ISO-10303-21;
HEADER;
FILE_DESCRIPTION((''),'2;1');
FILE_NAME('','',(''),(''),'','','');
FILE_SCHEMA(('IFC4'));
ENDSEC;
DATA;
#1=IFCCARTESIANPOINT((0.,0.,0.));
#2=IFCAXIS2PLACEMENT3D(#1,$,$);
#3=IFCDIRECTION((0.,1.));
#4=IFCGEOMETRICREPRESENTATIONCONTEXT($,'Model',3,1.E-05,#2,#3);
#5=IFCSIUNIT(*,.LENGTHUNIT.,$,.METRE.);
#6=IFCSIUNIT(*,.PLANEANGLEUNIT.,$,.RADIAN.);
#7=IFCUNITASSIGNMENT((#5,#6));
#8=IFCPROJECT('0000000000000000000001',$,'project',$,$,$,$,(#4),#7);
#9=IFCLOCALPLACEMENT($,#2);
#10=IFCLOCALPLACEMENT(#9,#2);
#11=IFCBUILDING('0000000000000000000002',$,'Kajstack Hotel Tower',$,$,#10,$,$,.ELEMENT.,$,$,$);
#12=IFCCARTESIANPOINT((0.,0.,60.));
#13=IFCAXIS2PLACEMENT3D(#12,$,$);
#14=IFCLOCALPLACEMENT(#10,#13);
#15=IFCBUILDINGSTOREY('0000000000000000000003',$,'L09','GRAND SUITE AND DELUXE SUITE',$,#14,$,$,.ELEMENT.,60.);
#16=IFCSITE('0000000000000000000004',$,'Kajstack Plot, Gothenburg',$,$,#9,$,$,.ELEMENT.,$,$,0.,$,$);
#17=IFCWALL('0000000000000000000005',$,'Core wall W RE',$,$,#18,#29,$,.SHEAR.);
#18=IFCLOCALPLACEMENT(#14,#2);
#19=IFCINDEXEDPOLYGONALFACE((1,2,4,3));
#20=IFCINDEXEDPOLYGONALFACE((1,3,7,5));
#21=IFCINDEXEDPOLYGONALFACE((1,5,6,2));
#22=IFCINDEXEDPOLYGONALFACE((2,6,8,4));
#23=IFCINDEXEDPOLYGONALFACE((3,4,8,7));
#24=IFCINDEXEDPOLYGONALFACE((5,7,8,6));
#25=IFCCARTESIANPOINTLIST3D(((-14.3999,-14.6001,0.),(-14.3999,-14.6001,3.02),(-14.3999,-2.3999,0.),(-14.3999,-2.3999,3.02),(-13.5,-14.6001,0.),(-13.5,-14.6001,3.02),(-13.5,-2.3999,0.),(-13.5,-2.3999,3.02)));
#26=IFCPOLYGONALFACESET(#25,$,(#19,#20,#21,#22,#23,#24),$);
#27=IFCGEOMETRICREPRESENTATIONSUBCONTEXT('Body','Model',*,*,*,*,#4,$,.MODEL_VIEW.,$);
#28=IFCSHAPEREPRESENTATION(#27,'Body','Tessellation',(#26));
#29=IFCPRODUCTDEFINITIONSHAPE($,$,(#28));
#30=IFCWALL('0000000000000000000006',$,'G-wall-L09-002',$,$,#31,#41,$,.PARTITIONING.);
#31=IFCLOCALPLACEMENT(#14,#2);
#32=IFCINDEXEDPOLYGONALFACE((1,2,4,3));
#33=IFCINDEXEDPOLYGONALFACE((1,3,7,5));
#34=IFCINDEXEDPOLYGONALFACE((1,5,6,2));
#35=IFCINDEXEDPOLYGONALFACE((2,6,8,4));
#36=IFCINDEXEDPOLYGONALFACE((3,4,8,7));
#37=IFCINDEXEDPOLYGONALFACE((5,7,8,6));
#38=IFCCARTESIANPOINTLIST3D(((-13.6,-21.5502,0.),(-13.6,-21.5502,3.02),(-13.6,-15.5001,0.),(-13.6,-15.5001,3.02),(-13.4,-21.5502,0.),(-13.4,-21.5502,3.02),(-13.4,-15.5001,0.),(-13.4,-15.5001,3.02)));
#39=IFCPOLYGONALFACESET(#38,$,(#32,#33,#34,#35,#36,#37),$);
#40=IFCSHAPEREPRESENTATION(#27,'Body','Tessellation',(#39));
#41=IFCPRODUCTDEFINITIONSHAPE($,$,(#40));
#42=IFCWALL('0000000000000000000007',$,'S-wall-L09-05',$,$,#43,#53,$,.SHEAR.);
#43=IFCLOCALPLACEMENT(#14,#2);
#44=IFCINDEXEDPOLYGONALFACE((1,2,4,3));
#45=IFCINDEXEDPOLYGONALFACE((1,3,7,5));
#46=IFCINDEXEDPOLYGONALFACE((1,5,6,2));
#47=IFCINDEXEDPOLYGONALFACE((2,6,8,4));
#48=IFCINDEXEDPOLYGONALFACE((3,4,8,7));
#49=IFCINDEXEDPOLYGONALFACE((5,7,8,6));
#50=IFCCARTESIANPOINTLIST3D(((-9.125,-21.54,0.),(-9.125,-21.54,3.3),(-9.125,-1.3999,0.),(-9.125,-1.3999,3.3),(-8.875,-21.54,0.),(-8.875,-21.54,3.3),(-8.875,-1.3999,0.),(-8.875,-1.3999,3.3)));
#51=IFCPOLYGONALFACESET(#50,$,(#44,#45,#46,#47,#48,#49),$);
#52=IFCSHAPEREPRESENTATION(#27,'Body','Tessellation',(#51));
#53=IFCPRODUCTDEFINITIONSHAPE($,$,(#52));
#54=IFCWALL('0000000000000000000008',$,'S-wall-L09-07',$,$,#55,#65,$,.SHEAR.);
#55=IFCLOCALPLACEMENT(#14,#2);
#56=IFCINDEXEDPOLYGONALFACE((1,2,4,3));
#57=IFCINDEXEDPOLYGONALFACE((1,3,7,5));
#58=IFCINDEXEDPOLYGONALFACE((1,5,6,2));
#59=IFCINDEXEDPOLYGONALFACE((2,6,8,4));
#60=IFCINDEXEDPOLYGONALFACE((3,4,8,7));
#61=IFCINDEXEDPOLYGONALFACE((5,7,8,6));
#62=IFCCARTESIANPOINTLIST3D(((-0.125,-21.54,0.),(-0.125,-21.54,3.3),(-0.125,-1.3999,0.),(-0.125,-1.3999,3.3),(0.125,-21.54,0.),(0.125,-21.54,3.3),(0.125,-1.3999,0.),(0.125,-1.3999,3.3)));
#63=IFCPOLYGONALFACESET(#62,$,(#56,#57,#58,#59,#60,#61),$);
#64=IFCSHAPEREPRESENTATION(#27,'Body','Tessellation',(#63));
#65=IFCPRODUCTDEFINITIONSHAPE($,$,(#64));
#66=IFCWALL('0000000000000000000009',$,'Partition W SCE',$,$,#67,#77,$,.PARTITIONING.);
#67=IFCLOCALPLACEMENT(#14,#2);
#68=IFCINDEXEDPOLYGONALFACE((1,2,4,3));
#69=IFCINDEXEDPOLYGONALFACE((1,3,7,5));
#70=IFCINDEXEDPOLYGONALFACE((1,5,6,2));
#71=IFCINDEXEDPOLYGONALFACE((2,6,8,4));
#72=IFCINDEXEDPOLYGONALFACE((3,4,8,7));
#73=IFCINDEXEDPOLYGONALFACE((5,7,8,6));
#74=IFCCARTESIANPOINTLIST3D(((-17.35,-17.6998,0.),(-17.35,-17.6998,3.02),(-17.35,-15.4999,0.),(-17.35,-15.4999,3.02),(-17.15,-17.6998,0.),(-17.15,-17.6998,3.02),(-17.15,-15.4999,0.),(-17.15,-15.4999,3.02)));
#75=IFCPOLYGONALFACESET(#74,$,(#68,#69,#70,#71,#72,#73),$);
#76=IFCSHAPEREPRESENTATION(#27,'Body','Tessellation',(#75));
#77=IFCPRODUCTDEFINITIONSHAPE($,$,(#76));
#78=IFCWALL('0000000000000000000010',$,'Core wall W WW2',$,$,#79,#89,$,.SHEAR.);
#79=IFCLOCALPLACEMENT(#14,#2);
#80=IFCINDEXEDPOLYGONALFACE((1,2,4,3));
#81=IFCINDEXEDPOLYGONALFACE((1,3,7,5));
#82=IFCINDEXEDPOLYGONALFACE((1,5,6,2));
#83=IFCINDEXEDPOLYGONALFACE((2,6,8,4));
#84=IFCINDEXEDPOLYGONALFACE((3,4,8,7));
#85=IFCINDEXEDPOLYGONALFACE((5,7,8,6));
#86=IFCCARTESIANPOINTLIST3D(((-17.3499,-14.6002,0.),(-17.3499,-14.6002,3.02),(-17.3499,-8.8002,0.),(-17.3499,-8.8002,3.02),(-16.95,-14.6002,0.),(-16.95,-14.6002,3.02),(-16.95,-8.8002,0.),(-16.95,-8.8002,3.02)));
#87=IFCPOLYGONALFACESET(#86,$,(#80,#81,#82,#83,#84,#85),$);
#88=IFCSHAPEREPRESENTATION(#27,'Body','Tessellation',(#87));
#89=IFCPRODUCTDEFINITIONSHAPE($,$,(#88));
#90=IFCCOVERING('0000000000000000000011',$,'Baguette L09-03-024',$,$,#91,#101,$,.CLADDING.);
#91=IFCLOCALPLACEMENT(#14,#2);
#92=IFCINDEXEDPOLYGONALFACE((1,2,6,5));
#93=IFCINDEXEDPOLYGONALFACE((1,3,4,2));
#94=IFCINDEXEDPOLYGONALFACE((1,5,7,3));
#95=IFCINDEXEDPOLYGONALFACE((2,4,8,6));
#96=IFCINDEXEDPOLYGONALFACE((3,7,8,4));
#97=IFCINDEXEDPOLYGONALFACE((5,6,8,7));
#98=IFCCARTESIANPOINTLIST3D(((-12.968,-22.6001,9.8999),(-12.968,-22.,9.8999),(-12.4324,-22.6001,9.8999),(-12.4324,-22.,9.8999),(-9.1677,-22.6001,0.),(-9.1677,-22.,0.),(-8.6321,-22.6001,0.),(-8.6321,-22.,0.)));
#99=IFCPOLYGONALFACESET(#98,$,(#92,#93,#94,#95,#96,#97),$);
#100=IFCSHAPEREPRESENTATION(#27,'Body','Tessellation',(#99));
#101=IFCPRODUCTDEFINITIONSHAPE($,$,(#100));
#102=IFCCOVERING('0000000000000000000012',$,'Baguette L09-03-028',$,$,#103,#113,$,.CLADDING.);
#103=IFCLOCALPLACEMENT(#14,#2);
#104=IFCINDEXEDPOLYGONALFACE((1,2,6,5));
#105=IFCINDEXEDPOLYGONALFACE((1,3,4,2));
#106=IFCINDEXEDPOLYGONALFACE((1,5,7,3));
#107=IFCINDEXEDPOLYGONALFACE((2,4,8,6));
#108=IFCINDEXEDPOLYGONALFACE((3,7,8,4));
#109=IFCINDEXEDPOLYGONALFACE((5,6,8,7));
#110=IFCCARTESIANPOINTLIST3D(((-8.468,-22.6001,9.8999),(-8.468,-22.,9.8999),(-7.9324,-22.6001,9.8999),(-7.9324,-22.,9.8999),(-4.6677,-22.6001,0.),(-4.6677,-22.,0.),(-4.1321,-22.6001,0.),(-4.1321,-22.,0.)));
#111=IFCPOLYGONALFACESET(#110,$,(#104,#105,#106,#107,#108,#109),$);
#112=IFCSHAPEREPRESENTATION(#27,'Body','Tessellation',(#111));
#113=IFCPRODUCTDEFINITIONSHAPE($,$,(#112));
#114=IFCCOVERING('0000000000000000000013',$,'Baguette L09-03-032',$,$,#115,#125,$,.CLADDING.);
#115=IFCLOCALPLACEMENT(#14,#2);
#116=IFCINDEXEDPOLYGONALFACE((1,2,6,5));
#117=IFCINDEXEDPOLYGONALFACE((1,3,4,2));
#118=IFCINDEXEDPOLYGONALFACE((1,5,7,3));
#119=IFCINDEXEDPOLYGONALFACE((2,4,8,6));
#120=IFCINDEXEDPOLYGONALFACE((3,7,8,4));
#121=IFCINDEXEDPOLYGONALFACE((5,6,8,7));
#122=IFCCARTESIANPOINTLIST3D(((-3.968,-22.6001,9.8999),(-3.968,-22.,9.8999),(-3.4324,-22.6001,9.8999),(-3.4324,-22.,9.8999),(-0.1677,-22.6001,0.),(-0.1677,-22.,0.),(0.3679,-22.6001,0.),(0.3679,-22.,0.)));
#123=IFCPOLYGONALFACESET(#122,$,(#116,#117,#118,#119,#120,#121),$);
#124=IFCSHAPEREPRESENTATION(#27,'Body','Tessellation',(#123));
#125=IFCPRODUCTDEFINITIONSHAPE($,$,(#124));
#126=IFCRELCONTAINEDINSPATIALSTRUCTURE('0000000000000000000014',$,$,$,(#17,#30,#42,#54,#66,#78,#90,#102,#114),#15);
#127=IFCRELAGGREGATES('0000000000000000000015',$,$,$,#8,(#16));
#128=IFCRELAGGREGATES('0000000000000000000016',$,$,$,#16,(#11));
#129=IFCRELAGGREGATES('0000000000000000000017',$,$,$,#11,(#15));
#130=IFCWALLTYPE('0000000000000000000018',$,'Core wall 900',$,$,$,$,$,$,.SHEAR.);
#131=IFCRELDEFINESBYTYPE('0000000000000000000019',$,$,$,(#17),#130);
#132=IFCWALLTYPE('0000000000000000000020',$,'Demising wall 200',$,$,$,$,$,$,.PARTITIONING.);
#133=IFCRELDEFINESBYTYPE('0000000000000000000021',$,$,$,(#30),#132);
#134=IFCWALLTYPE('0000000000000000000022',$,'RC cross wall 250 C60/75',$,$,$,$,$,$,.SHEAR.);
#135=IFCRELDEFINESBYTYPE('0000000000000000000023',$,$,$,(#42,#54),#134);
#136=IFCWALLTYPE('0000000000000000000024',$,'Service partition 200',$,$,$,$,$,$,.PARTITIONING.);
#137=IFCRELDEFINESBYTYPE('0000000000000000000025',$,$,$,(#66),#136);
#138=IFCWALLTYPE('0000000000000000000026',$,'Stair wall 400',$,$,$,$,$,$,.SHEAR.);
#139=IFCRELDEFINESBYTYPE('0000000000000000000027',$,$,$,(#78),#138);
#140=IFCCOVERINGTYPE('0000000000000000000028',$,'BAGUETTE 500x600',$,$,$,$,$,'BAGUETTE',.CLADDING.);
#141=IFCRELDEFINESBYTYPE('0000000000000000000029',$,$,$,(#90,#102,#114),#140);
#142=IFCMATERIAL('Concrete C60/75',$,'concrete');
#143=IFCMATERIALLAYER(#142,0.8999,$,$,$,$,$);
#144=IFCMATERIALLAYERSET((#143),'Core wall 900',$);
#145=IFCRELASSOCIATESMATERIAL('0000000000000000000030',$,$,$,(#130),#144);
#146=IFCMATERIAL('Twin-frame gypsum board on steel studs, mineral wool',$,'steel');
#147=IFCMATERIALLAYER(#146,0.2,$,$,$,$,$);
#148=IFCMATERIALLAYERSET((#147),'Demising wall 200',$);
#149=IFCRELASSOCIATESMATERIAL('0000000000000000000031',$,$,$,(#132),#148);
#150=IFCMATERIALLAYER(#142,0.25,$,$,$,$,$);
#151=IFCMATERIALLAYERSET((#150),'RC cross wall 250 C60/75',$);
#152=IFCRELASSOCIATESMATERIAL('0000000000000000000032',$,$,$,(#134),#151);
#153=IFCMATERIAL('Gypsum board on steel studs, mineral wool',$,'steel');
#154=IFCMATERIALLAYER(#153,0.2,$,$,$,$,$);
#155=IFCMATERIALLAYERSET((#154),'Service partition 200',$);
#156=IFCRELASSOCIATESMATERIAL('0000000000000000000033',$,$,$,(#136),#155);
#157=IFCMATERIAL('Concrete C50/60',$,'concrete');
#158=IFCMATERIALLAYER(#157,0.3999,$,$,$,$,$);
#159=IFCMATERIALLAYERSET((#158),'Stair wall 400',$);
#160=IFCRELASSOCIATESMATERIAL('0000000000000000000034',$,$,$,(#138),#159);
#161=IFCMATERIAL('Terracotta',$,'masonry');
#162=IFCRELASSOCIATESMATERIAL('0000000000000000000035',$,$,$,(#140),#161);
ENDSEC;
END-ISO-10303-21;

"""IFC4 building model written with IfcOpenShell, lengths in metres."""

from ifc_helpers import new_model, si_unit, direction, frame, frame_2d, origin, origin_2d, place, context, subcontext, project, spatial, polyline, rectangle, outline, extrude, material, layer, layer_set, material_profile, profile_set, type_object, element, save


model = new_model("IFC4")

# Units and contexts
model_context = context("Model", 3, precision=1e-05, world=origin(), true_north=direction((0.0, 1.0)))
body_context = subcontext(model_context, "Body", "Model", "MODEL_VIEW")
ifc_project = project(units=[si_unit("LENGTHUNIT", "METRE"), si_unit("PLANEANGLEUNIT", "RADIAN")], contexts=[model_context])

# Site, building, storey
site_placement = place(None, origin())
site = spatial("IfcSite", under=ifc_project, at=site_placement, Name="Kajstack Plot, Gothenburg", CompositionType="ELEMENT", RefElevation=0.0)
building_placement = place(site_placement, origin())
building = spatial("IfcBuilding", under=site, at=building_placement, Name="Kajstack Hotel Tower", CompositionType="ELEMENT")
storey_placement = place(building_placement, frame((0.0, 0.0, 60.0)))
storey = spatial("IfcBuildingStorey", under=building, at=storey_placement, Name="L09", Description="GRAND SUITE AND DELUXE SUITE", CompositionType="ELEMENT", Elevation=60.0)

# Walls
ifc_material_1 = material(Name="Concrete C60/75", Category="concrete")
ifc_layer_1 = layer(ifc_material_1, 0.8999)
ifc_layer_set_1 = layer_set([ifc_layer_1], Name="Core wall 900")
wall_type_1 = type_object("IfcWallType", Name="Core wall 900", PredefinedType="SHEAR", material=ifc_layer_set_1)
wall_1_placement = place(storey_placement, frame((-13.95, -14.6001, 0.0), z_axis=(0.0, 0.0, 1.0), x_axis=(0.0, 1.0, 0.0)))
element("IfcWall", 1, at=wall_1_placement, inside=storey, type_object=wall_type_1, Name="Core wall W RE", PredefinedType="SHEAR", context=body_context, shape_type="SweptSolid", body=[
    extrude(rectangle(XDim=12.2002, YDim=0.8999, at=frame_2d((6.1001, 0.0))), origin(), (0.0, 0.0, 1.0), 3.02),
])
ifc_material_2 = material(Name="Twin-frame gypsum board on steel studs, mineral wool", Category="steel")
ifc_layer_2 = layer(ifc_material_2, 0.2)
ifc_layer_set_2 = layer_set([ifc_layer_2], Name="Demising wall 200")
wall_type_2 = type_object("IfcWallType", Name="Demising wall 200", PredefinedType="PARTITIONING", material=ifc_layer_set_2)
wall_2_placement = place(storey_placement, frame((-13.5, -21.55, 0.0), z_axis=(0.0, 0.0, 1.0), x_axis=(0.0, 1.0, 0.0)))
element("IfcWall", 2, at=wall_2_placement, inside=storey, type_object=wall_type_2, Name="G-wall-L09-002", PredefinedType="PARTITIONING", context=body_context, shape_type="SweptSolid", body=[
    extrude(rectangle(XDim=6.05, YDim=0.2, at=frame_2d((3.0249, 0.0))), origin(), (0.0, 0.0, 1.0), 3.02),
])

# Walls
ifc_layer_3 = layer(ifc_material_1, 0.25)
ifc_layer_set_3 = layer_set([ifc_layer_3], Name="RC cross wall 250 C60/75")
wall_type_3 = type_object("IfcWallType", Name="RC cross wall 250 C60/75", PredefinedType="SHEAR", material=ifc_layer_set_3)
for number, where, z_axis, x_axis, name in (
    (3, (-9.0, -21.54, 0.0), (0.0, 0.0, 1.0), (0.0, 1.0, 0.0), "S-wall-L09-05"),
    (4, (0.0, -21.54, 0.0), (0.0, 0.0, 1.0), (0.0, 1.0, 0.0), "S-wall-L09-07"),
):
    element("IfcWall", number, at=place(storey_placement, frame(where, z_axis=z_axis, x_axis=x_axis)), inside=storey, type_object=wall_type_3, Name=name, PredefinedType="SHEAR", context=body_context, shape_type="SweptSolid", body=[
        extrude(rectangle(XDim=20.1401, YDim=0.25, at=frame_2d((10.0701, 0.0))), origin(), (0.0, 0.0, 1.0), 3.3),
    ])
ifc_material_3 = material(Name="Gypsum board on steel studs, mineral wool", Category="steel")
ifc_layer_4 = layer(ifc_material_3, 0.2)
ifc_layer_set_4 = layer_set([ifc_layer_4], Name="Service partition 200")
wall_type_4 = type_object("IfcWallType", Name="Service partition 200", PredefinedType="PARTITIONING", material=ifc_layer_set_4)
wall_3_placement = place(storey_placement, frame((-17.25, -17.7, 0.0), z_axis=(0.0, 0.0, 1.0), x_axis=(0.0, 1.0, 0.0)))
element("IfcWall", 5, at=wall_3_placement, inside=storey, type_object=wall_type_4, Name="Partition W SCE", PredefinedType="PARTITIONING", context=body_context, shape_type="SweptSolid", body=[
    extrude(rectangle(XDim=2.2, YDim=0.2, at=frame_2d((1.1001, 0.0))), origin(), (0.0, 0.0, 1.0), 3.02),
])
ifc_material_4 = material(Name="Concrete C50/60", Category="concrete")
ifc_layer_5 = layer(ifc_material_4, 0.3999)
ifc_layer_set_5 = layer_set([ifc_layer_5], Name="Stair wall 400")
wall_type_5 = type_object("IfcWallType", Name="Stair wall 400", PredefinedType="SHEAR", material=ifc_layer_set_5)
wall_4_placement = place(storey_placement, frame((-17.1499, -14.6001, 0.0), z_axis=(0.0, 0.0, 1.0), x_axis=(0.0, 1.0, 0.0)))
element("IfcWall", 6, at=wall_4_placement, inside=storey, type_object=wall_type_5, Name="Core wall W WW2", PredefinedType="SHEAR", context=body_context, shape_type="SweptSolid", body=[
    extrude(rectangle(XDim=5.8, YDim=0.3999, at=frame_2d((2.8999, 0.0))), origin(), (0.0, 0.0, 1.0), 3.02),
])

# Coverings
ifc_material_5 = material(Name="Terracotta", Category="masonry")
ifc_material_profile = material_profile(ifc_material_5, rectangle(XDim=0.6001, YDim=0.5, at=origin_2d()), Name="Terracotta-clad concrete baguette 500 x 600")
ifc_profile_set = profile_set([ifc_material_profile], Name="Terracotta")
covering_type = type_object("IfcCoveringType", Name="BAGUETTE 500x600", ElementType="BAGUETTE", PredefinedType="CLADDING", material=ifc_profile_set)
for number, where, z_axis, x_axis, name in (
    (7, (-12.968, -22.0, 0.0), (0.0, -1.0, 0.0), (1.0, 0.0, 0.0), "Baguette L09-03-024"),
    (8, (-8.468, -22.0, 0.0), (0.0, -1.0, 0.0), (1.0, 0.0, 0.0), "Baguette L09-03-028"),
    (9, (-3.968, -22.0, 0.0), (0.0, -1.0, 0.0), (1.0, 0.0, 0.0), "Baguette L09-03-032"),
):
    element("IfcCovering", number, at=place(storey_placement, frame(where, z_axis=z_axis, x_axis=x_axis)), inside=storey, type_object=covering_type, Name=name, PredefinedType="CLADDING", context=body_context, shape_type="SweptSolid", body=[
        extrude(outline(polyline([(0.0, 9.8999), (3.8003, 0.0), (4.3359, 0.0), (0.5356, 9.8999), (0.0, 9.8999)])), origin(), (0.0, 0.0, 1.0), 0.6001),
    ])

save(model, "model.ifc")
